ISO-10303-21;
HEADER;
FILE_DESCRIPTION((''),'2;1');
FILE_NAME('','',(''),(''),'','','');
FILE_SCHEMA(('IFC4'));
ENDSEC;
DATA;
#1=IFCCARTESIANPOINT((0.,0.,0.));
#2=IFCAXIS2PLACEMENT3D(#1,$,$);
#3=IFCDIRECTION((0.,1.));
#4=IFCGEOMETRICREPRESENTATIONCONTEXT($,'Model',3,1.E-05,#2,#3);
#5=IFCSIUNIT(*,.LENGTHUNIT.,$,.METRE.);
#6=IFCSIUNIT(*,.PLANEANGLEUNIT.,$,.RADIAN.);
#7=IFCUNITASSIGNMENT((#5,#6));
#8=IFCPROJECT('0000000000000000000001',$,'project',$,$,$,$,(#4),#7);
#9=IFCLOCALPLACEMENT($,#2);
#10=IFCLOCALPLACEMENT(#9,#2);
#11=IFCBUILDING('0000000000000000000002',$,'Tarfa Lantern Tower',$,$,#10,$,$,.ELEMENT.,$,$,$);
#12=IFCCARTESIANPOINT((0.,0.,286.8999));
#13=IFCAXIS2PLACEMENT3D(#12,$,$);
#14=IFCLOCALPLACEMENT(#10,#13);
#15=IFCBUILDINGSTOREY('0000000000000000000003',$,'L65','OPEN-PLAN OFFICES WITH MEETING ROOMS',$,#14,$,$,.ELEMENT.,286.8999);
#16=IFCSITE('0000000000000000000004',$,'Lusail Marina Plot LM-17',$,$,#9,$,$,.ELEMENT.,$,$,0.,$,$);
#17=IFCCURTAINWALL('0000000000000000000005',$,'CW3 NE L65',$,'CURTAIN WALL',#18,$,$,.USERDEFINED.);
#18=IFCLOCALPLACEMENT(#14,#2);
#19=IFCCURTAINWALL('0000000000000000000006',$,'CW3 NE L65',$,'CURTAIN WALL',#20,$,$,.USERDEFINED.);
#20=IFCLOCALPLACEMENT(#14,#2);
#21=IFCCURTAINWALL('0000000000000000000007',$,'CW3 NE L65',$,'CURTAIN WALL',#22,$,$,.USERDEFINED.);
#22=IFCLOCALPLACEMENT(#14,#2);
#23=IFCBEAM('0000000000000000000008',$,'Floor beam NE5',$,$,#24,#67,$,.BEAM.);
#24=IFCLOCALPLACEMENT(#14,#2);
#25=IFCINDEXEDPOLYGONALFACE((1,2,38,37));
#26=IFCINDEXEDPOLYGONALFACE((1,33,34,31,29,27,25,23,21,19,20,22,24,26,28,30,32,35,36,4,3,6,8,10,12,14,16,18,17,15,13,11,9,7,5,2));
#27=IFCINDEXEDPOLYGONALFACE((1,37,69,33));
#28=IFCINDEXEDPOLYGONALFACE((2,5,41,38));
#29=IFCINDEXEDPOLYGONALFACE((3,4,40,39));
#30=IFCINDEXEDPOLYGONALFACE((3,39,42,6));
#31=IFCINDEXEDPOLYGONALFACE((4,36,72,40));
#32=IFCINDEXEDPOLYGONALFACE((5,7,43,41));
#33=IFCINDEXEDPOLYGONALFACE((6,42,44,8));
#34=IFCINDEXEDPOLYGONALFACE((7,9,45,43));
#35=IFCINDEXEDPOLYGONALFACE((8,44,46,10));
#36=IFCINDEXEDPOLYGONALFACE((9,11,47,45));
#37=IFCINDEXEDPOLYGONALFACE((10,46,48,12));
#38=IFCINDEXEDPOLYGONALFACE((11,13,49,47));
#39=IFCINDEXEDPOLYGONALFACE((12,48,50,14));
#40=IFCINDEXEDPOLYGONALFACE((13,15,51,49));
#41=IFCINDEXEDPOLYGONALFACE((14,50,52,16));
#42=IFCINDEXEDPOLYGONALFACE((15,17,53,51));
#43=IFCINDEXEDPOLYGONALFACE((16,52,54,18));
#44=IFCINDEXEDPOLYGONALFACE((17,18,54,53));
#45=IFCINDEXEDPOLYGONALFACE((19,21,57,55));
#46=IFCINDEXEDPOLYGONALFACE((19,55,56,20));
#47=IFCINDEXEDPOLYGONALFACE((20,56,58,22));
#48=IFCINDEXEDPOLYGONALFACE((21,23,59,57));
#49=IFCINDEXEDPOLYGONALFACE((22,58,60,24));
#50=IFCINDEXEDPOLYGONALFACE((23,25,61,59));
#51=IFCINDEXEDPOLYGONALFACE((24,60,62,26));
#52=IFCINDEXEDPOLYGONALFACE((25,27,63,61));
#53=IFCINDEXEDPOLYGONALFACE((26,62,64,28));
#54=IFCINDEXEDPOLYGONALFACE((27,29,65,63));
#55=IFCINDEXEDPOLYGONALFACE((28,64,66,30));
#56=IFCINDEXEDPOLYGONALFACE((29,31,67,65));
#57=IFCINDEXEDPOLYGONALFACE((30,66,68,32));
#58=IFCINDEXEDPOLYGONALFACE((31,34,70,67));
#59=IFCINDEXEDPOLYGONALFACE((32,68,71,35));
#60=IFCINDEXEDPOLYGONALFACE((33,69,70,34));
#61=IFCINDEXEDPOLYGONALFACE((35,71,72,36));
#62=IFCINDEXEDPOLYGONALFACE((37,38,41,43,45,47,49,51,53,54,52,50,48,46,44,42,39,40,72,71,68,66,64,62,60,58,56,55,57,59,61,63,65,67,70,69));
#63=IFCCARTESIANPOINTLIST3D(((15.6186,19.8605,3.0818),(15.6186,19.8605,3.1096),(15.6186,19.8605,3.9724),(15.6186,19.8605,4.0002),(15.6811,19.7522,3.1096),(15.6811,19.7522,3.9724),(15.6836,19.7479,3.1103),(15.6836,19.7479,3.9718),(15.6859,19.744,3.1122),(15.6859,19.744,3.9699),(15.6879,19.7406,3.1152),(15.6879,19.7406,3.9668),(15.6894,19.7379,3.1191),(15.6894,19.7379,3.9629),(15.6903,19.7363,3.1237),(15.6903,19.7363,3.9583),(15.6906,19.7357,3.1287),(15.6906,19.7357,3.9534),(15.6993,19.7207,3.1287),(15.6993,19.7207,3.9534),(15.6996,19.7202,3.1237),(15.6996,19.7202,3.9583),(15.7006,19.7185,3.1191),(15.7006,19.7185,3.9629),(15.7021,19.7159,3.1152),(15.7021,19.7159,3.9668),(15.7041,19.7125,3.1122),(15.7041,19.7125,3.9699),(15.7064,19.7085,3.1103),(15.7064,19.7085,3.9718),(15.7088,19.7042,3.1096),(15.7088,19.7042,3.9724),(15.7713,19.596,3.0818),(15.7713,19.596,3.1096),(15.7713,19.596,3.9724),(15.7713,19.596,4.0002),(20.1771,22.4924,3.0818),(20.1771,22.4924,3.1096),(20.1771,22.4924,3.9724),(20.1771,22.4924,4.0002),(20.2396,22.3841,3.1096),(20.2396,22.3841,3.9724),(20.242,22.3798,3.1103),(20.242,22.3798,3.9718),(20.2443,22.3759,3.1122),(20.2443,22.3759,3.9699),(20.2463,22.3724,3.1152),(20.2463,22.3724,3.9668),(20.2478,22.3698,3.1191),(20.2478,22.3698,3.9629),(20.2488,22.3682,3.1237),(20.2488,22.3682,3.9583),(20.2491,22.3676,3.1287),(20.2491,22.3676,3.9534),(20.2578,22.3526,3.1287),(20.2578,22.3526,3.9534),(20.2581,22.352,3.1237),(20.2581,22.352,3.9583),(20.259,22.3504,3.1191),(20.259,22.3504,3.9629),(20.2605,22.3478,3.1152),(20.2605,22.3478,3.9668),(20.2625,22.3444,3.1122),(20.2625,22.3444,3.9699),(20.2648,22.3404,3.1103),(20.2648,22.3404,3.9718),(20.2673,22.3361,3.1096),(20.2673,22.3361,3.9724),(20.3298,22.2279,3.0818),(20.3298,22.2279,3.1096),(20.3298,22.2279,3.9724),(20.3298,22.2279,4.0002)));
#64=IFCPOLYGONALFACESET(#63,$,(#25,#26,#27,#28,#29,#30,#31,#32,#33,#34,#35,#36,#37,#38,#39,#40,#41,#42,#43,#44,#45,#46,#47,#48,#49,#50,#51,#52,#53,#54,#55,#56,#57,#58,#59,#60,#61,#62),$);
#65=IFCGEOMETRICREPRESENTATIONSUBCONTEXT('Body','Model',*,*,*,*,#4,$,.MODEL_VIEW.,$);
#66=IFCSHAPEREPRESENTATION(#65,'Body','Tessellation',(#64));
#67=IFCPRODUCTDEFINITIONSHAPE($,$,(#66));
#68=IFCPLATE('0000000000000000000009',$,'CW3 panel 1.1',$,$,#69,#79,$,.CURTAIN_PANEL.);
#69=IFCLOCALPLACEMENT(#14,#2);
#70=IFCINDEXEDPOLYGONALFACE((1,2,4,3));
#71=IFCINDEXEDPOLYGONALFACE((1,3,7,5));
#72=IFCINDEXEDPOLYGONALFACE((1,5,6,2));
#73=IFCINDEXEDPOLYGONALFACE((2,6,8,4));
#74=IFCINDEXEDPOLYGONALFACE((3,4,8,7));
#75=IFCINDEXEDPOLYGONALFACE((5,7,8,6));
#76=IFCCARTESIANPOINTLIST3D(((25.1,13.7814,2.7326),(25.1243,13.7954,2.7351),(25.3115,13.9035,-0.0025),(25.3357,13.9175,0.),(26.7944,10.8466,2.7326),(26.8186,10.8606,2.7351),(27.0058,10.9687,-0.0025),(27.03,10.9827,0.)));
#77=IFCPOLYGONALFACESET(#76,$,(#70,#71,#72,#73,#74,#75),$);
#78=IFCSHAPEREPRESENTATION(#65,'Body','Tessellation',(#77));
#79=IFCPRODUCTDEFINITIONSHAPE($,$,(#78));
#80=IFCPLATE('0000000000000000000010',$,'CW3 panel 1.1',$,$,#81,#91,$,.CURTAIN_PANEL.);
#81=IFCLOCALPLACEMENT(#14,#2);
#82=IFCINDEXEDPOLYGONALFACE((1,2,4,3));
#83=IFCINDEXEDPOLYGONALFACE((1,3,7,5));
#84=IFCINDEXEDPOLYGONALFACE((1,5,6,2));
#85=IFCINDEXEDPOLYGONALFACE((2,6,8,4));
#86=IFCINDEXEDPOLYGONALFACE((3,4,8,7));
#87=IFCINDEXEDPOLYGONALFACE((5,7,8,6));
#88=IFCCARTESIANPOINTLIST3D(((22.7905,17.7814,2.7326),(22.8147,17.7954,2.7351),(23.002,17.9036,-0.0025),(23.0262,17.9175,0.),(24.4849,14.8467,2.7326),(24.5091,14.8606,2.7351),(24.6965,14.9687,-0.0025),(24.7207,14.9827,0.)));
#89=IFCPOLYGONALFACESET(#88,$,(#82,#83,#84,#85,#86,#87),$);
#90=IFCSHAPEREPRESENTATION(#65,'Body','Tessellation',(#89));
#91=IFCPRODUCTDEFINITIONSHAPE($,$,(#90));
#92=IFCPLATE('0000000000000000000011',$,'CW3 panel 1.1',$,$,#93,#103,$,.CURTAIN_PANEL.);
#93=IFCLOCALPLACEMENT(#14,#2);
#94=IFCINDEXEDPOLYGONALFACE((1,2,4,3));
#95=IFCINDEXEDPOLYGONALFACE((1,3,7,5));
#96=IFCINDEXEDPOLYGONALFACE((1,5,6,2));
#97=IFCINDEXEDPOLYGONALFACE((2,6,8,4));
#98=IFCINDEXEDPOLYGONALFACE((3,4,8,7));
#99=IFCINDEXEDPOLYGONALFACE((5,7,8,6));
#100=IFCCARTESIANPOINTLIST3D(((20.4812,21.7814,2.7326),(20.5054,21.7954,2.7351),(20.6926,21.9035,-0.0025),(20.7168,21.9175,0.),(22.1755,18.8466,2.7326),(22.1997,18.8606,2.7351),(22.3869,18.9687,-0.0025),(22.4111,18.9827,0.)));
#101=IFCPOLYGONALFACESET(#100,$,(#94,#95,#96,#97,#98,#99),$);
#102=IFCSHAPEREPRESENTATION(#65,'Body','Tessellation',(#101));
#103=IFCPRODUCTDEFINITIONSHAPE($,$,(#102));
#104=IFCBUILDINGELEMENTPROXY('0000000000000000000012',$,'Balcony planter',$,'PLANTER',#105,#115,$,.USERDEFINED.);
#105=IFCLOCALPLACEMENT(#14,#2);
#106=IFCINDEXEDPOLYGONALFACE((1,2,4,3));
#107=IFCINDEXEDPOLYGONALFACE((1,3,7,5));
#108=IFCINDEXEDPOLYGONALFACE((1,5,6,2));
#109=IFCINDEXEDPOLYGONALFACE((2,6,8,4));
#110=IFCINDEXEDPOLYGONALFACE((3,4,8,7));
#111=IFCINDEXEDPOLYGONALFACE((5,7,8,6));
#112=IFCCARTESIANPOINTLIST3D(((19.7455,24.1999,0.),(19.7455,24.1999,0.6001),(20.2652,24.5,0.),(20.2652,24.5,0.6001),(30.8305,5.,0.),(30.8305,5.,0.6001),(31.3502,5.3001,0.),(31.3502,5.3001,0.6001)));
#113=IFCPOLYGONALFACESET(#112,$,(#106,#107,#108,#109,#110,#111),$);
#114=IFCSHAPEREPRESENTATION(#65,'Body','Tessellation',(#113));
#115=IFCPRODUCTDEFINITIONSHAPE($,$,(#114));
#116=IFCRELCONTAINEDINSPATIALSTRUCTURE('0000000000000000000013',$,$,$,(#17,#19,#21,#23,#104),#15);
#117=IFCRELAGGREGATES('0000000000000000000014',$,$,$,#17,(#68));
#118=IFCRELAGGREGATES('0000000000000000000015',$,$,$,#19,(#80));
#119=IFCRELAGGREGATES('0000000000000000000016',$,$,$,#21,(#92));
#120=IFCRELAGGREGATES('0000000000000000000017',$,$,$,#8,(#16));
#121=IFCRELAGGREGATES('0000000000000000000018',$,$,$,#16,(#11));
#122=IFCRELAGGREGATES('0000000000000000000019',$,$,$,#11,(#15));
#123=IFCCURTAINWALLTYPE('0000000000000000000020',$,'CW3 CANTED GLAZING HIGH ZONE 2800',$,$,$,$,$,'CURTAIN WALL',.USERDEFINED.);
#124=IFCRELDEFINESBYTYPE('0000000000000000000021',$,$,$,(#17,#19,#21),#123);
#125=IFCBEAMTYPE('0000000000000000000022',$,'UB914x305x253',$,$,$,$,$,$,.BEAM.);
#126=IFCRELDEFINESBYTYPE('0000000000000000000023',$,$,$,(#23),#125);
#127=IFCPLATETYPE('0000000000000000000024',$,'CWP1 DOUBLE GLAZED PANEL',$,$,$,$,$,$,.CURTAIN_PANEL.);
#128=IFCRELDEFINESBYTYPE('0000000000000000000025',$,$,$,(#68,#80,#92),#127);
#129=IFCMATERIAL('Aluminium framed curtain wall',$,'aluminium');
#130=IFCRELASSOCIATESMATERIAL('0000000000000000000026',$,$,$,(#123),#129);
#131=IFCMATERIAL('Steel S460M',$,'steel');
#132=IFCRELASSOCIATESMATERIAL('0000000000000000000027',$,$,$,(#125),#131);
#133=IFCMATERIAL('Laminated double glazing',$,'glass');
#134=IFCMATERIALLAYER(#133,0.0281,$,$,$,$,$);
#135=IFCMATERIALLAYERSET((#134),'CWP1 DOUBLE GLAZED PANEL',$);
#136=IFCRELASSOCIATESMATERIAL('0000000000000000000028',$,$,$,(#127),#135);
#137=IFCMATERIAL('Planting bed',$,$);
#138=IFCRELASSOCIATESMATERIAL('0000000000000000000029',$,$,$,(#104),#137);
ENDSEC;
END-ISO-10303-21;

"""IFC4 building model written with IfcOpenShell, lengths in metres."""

from ifc_helpers import new_model, si_unit, direction, frame, origin, origin_2d, place, context, subcontext, project, spatial, polyline, rectangle, i_section, outline, extrude, material, layer, layer_set, material_profile, profile_set, type_object, element, aggregate, save


model = new_model("IFC4")

# Units and contexts
model_context = context("Model", 3, precision=1e-05, world=origin(), true_north=direction((0.0, 1.0)))
body_context = subcontext(model_context, "Body", "Model", "MODEL_VIEW")
ifc_project = project(units=[si_unit("LENGTHUNIT", "METRE"), si_unit("PLANEANGLEUNIT", "RADIAN")], contexts=[model_context])

# Site, building, storey
site_placement = place(None, origin())
site = spatial("IfcSite", under=ifc_project, at=site_placement, Name="Lusail Marina Plot LM-17", CompositionType="ELEMENT", RefElevation=0.0)
building_placement = place(site_placement, origin())
building = spatial("IfcBuilding", under=site, at=building_placement, Name="Tarfa Lantern Tower", CompositionType="ELEMENT")
storey_placement = place(building_placement, frame((0.0, 0.0, 286.8999)))
storey = spatial("IfcBuildingStorey", under=building, at=storey_placement, Name="L65", Description="OPEN-PLAN OFFICES WITH MEETING ROOMS", CompositionType="ELEMENT", Elevation=286.8999)

# Curtain walls
ifc_material_1 = material(Name="Aluminium framed curtain wall", Category="aluminium")
curtain_wall_type = type_object("IfcCurtainWallType", Name="CW3 CANTED GLAZING HIGH ZONE 2800", ElementType="CURTAIN WALL", PredefinedType="USERDEFINED", material=ifc_material_1)
curtain_wall_1_placement = place(storey_placement, origin())
curtain_wall_1 = element("IfcCurtainWall", 1, at=curtain_wall_1_placement, inside=storey, type_object=curtain_wall_type, Name="CW3 NE L65", ObjectType="CURTAIN WALL", PredefinedType="USERDEFINED")
curtain_wall_2_placement = place(storey_placement, origin())
curtain_wall_2 = element("IfcCurtainWall", 2, at=curtain_wall_2_placement, inside=storey, type_object=curtain_wall_type, Name="CW3 NE L65", ObjectType="CURTAIN WALL", PredefinedType="USERDEFINED")
curtain_wall_3_placement = place(storey_placement, origin())
curtain_wall_3 = element("IfcCurtainWall", 3, at=curtain_wall_3_placement, inside=storey, type_object=curtain_wall_type, Name="CW3 NE L65", ObjectType="CURTAIN WALL", PredefinedType="USERDEFINED")

# Beam
ifc_material_2 = material(Name="Steel S460M", Category="steel")
ifc_material_profile_1 = material_profile(ifc_material_2, i_section(OverallWidth=0.3054, OverallDepth=0.9185, WebThickness=0.0173, FlangeThickness=0.0278, FilletRadius=0.019, at=origin_2d()), Name="UB914x305x253")
ifc_profile_set_1 = profile_set([ifc_material_profile_1], Name="Steel S460M")
beam_type_1 = type_object("IfcBeamType", Name="UB914x305x253", PredefinedType="BEAM", material=ifc_profile_set_1)
beam_1_placement = place(storey_placement, frame((20.2534, 22.3601, 3.541), z_axis=(-0.86602, -0.50001, 0.0), x_axis=(0.50001, -0.86602, 0.0)))
element("IfcBeam", 4, at=beam_1_placement, inside=storey, type_object=beam_type_1, Name="Floor beam NE5", PredefinedType="BEAM", context=body_context, shape_type="SweptSolid", body=[
    extrude(i_section(OverallWidth=0.3054, OverallDepth=0.9185, WebThickness=0.0173, FlangeThickness=0.0278, FilletRadius=0.019, at=origin_2d()), origin(), (0.0, 0.0, 1.0), 5.2637),
])

# Plates
ifc_material_3 = material(Name="Laminated double glazing", Category="glass")
ifc_layer = layer(ifc_material_3, 0.0281)
ifc_layer_set = layer_set([ifc_layer], Name="CWP1 DOUBLE GLAZED PANEL")
plate_type = type_object("IfcPlateType", Name="CWP1 DOUBLE GLAZED PANEL", PredefinedType="CURTAIN_PANEL", material=ifc_layer_set)
plate_1_placement = place(storey_placement, frame((27.03, 10.9827, 0.0), z_axis=(0.862606, 0.498002, 0.088906), x_axis=(-0.499982, 0.866036, 0.0)))
plate_1 = element("IfcPlate", 5, at=plate_1_placement, type_object=plate_type, Name="CW3 panel 1.1", PredefinedType="CURTAIN_PANEL", context=body_context, shape_type="SweptSolid", body=[
    extrude(outline(polyline([(0.0, 0.0), (3.3888, 0.0), (3.3888, 2.746), (0.0, 2.746), (0.0, 0.0)])), origin(), (0.0, 0.0, -1.0), 0.0281),
])
aggregate(curtain_wall_1, [plate_1])
plate_2_placement = place(storey_placement, frame((24.7207, 14.9827, 0.0), z_axis=(0.862588, 0.498028, 0.088945), x_axis=(-0.50001, 0.86602, 0.000003)))
plate_2 = element("IfcPlate", 6, at=plate_2_placement, type_object=plate_type, Name="CW3 panel 1.1", PredefinedType="CURTAIN_PANEL", context=body_context, shape_type="SweptSolid", body=[
    extrude(outline(polyline([(0.0, 0.0), (3.3889, 0.0), (3.3889, 2.746), (0.0001, 2.746), (0.0, 0.0)])), origin(), (0.0, 0.0, -1.0), 0.0281),
])
aggregate(curtain_wall_2, [plate_2])
plate_3_placement = place(storey_placement, frame((22.4111, 18.9827, 0.0), z_axis=(0.862606, 0.498002, 0.088906), x_axis=(-0.499982, 0.866036, 0.0)))
plate_3 = element("IfcPlate", 7, at=plate_3_placement, type_object=plate_type, Name="CW3 panel 1.1", PredefinedType="CURTAIN_PANEL", context=body_context, shape_type="SweptSolid", body=[
    extrude(outline(polyline([(0.0, 0.0), (3.3888, 0.0), (3.3888, 2.746), (0.0, 2.746), (0.0, 0.0)])), origin(), (0.0, 0.0, -1.0), 0.0281),
])
aggregate(curtain_wall_3, [plate_3])

# Building element proxy
ifc_material_4 = material(Name="Planting bed")
proxy_placement = place(storey_placement, frame((25.5479, 14.75, 0.0), z_axis=(0.0, 0.0, 1.0), x_axis=(-0.5, 0.866025, 0.0)))
element("IfcBuildingElementProxy", 8, at=proxy_placement, inside=storey, material=ifc_material_4, Name="Balcony planter", ObjectType="PLANTER", PredefinedType="USERDEFINED", context=body_context, shape_type="SweptSolid", body=[
    extrude(rectangle(XDim=22.1702, YDim=0.6001, at=origin_2d()), origin(), (0.0, 0.0, 1.0), 0.6001),
])

save(model, "model.ifc")
